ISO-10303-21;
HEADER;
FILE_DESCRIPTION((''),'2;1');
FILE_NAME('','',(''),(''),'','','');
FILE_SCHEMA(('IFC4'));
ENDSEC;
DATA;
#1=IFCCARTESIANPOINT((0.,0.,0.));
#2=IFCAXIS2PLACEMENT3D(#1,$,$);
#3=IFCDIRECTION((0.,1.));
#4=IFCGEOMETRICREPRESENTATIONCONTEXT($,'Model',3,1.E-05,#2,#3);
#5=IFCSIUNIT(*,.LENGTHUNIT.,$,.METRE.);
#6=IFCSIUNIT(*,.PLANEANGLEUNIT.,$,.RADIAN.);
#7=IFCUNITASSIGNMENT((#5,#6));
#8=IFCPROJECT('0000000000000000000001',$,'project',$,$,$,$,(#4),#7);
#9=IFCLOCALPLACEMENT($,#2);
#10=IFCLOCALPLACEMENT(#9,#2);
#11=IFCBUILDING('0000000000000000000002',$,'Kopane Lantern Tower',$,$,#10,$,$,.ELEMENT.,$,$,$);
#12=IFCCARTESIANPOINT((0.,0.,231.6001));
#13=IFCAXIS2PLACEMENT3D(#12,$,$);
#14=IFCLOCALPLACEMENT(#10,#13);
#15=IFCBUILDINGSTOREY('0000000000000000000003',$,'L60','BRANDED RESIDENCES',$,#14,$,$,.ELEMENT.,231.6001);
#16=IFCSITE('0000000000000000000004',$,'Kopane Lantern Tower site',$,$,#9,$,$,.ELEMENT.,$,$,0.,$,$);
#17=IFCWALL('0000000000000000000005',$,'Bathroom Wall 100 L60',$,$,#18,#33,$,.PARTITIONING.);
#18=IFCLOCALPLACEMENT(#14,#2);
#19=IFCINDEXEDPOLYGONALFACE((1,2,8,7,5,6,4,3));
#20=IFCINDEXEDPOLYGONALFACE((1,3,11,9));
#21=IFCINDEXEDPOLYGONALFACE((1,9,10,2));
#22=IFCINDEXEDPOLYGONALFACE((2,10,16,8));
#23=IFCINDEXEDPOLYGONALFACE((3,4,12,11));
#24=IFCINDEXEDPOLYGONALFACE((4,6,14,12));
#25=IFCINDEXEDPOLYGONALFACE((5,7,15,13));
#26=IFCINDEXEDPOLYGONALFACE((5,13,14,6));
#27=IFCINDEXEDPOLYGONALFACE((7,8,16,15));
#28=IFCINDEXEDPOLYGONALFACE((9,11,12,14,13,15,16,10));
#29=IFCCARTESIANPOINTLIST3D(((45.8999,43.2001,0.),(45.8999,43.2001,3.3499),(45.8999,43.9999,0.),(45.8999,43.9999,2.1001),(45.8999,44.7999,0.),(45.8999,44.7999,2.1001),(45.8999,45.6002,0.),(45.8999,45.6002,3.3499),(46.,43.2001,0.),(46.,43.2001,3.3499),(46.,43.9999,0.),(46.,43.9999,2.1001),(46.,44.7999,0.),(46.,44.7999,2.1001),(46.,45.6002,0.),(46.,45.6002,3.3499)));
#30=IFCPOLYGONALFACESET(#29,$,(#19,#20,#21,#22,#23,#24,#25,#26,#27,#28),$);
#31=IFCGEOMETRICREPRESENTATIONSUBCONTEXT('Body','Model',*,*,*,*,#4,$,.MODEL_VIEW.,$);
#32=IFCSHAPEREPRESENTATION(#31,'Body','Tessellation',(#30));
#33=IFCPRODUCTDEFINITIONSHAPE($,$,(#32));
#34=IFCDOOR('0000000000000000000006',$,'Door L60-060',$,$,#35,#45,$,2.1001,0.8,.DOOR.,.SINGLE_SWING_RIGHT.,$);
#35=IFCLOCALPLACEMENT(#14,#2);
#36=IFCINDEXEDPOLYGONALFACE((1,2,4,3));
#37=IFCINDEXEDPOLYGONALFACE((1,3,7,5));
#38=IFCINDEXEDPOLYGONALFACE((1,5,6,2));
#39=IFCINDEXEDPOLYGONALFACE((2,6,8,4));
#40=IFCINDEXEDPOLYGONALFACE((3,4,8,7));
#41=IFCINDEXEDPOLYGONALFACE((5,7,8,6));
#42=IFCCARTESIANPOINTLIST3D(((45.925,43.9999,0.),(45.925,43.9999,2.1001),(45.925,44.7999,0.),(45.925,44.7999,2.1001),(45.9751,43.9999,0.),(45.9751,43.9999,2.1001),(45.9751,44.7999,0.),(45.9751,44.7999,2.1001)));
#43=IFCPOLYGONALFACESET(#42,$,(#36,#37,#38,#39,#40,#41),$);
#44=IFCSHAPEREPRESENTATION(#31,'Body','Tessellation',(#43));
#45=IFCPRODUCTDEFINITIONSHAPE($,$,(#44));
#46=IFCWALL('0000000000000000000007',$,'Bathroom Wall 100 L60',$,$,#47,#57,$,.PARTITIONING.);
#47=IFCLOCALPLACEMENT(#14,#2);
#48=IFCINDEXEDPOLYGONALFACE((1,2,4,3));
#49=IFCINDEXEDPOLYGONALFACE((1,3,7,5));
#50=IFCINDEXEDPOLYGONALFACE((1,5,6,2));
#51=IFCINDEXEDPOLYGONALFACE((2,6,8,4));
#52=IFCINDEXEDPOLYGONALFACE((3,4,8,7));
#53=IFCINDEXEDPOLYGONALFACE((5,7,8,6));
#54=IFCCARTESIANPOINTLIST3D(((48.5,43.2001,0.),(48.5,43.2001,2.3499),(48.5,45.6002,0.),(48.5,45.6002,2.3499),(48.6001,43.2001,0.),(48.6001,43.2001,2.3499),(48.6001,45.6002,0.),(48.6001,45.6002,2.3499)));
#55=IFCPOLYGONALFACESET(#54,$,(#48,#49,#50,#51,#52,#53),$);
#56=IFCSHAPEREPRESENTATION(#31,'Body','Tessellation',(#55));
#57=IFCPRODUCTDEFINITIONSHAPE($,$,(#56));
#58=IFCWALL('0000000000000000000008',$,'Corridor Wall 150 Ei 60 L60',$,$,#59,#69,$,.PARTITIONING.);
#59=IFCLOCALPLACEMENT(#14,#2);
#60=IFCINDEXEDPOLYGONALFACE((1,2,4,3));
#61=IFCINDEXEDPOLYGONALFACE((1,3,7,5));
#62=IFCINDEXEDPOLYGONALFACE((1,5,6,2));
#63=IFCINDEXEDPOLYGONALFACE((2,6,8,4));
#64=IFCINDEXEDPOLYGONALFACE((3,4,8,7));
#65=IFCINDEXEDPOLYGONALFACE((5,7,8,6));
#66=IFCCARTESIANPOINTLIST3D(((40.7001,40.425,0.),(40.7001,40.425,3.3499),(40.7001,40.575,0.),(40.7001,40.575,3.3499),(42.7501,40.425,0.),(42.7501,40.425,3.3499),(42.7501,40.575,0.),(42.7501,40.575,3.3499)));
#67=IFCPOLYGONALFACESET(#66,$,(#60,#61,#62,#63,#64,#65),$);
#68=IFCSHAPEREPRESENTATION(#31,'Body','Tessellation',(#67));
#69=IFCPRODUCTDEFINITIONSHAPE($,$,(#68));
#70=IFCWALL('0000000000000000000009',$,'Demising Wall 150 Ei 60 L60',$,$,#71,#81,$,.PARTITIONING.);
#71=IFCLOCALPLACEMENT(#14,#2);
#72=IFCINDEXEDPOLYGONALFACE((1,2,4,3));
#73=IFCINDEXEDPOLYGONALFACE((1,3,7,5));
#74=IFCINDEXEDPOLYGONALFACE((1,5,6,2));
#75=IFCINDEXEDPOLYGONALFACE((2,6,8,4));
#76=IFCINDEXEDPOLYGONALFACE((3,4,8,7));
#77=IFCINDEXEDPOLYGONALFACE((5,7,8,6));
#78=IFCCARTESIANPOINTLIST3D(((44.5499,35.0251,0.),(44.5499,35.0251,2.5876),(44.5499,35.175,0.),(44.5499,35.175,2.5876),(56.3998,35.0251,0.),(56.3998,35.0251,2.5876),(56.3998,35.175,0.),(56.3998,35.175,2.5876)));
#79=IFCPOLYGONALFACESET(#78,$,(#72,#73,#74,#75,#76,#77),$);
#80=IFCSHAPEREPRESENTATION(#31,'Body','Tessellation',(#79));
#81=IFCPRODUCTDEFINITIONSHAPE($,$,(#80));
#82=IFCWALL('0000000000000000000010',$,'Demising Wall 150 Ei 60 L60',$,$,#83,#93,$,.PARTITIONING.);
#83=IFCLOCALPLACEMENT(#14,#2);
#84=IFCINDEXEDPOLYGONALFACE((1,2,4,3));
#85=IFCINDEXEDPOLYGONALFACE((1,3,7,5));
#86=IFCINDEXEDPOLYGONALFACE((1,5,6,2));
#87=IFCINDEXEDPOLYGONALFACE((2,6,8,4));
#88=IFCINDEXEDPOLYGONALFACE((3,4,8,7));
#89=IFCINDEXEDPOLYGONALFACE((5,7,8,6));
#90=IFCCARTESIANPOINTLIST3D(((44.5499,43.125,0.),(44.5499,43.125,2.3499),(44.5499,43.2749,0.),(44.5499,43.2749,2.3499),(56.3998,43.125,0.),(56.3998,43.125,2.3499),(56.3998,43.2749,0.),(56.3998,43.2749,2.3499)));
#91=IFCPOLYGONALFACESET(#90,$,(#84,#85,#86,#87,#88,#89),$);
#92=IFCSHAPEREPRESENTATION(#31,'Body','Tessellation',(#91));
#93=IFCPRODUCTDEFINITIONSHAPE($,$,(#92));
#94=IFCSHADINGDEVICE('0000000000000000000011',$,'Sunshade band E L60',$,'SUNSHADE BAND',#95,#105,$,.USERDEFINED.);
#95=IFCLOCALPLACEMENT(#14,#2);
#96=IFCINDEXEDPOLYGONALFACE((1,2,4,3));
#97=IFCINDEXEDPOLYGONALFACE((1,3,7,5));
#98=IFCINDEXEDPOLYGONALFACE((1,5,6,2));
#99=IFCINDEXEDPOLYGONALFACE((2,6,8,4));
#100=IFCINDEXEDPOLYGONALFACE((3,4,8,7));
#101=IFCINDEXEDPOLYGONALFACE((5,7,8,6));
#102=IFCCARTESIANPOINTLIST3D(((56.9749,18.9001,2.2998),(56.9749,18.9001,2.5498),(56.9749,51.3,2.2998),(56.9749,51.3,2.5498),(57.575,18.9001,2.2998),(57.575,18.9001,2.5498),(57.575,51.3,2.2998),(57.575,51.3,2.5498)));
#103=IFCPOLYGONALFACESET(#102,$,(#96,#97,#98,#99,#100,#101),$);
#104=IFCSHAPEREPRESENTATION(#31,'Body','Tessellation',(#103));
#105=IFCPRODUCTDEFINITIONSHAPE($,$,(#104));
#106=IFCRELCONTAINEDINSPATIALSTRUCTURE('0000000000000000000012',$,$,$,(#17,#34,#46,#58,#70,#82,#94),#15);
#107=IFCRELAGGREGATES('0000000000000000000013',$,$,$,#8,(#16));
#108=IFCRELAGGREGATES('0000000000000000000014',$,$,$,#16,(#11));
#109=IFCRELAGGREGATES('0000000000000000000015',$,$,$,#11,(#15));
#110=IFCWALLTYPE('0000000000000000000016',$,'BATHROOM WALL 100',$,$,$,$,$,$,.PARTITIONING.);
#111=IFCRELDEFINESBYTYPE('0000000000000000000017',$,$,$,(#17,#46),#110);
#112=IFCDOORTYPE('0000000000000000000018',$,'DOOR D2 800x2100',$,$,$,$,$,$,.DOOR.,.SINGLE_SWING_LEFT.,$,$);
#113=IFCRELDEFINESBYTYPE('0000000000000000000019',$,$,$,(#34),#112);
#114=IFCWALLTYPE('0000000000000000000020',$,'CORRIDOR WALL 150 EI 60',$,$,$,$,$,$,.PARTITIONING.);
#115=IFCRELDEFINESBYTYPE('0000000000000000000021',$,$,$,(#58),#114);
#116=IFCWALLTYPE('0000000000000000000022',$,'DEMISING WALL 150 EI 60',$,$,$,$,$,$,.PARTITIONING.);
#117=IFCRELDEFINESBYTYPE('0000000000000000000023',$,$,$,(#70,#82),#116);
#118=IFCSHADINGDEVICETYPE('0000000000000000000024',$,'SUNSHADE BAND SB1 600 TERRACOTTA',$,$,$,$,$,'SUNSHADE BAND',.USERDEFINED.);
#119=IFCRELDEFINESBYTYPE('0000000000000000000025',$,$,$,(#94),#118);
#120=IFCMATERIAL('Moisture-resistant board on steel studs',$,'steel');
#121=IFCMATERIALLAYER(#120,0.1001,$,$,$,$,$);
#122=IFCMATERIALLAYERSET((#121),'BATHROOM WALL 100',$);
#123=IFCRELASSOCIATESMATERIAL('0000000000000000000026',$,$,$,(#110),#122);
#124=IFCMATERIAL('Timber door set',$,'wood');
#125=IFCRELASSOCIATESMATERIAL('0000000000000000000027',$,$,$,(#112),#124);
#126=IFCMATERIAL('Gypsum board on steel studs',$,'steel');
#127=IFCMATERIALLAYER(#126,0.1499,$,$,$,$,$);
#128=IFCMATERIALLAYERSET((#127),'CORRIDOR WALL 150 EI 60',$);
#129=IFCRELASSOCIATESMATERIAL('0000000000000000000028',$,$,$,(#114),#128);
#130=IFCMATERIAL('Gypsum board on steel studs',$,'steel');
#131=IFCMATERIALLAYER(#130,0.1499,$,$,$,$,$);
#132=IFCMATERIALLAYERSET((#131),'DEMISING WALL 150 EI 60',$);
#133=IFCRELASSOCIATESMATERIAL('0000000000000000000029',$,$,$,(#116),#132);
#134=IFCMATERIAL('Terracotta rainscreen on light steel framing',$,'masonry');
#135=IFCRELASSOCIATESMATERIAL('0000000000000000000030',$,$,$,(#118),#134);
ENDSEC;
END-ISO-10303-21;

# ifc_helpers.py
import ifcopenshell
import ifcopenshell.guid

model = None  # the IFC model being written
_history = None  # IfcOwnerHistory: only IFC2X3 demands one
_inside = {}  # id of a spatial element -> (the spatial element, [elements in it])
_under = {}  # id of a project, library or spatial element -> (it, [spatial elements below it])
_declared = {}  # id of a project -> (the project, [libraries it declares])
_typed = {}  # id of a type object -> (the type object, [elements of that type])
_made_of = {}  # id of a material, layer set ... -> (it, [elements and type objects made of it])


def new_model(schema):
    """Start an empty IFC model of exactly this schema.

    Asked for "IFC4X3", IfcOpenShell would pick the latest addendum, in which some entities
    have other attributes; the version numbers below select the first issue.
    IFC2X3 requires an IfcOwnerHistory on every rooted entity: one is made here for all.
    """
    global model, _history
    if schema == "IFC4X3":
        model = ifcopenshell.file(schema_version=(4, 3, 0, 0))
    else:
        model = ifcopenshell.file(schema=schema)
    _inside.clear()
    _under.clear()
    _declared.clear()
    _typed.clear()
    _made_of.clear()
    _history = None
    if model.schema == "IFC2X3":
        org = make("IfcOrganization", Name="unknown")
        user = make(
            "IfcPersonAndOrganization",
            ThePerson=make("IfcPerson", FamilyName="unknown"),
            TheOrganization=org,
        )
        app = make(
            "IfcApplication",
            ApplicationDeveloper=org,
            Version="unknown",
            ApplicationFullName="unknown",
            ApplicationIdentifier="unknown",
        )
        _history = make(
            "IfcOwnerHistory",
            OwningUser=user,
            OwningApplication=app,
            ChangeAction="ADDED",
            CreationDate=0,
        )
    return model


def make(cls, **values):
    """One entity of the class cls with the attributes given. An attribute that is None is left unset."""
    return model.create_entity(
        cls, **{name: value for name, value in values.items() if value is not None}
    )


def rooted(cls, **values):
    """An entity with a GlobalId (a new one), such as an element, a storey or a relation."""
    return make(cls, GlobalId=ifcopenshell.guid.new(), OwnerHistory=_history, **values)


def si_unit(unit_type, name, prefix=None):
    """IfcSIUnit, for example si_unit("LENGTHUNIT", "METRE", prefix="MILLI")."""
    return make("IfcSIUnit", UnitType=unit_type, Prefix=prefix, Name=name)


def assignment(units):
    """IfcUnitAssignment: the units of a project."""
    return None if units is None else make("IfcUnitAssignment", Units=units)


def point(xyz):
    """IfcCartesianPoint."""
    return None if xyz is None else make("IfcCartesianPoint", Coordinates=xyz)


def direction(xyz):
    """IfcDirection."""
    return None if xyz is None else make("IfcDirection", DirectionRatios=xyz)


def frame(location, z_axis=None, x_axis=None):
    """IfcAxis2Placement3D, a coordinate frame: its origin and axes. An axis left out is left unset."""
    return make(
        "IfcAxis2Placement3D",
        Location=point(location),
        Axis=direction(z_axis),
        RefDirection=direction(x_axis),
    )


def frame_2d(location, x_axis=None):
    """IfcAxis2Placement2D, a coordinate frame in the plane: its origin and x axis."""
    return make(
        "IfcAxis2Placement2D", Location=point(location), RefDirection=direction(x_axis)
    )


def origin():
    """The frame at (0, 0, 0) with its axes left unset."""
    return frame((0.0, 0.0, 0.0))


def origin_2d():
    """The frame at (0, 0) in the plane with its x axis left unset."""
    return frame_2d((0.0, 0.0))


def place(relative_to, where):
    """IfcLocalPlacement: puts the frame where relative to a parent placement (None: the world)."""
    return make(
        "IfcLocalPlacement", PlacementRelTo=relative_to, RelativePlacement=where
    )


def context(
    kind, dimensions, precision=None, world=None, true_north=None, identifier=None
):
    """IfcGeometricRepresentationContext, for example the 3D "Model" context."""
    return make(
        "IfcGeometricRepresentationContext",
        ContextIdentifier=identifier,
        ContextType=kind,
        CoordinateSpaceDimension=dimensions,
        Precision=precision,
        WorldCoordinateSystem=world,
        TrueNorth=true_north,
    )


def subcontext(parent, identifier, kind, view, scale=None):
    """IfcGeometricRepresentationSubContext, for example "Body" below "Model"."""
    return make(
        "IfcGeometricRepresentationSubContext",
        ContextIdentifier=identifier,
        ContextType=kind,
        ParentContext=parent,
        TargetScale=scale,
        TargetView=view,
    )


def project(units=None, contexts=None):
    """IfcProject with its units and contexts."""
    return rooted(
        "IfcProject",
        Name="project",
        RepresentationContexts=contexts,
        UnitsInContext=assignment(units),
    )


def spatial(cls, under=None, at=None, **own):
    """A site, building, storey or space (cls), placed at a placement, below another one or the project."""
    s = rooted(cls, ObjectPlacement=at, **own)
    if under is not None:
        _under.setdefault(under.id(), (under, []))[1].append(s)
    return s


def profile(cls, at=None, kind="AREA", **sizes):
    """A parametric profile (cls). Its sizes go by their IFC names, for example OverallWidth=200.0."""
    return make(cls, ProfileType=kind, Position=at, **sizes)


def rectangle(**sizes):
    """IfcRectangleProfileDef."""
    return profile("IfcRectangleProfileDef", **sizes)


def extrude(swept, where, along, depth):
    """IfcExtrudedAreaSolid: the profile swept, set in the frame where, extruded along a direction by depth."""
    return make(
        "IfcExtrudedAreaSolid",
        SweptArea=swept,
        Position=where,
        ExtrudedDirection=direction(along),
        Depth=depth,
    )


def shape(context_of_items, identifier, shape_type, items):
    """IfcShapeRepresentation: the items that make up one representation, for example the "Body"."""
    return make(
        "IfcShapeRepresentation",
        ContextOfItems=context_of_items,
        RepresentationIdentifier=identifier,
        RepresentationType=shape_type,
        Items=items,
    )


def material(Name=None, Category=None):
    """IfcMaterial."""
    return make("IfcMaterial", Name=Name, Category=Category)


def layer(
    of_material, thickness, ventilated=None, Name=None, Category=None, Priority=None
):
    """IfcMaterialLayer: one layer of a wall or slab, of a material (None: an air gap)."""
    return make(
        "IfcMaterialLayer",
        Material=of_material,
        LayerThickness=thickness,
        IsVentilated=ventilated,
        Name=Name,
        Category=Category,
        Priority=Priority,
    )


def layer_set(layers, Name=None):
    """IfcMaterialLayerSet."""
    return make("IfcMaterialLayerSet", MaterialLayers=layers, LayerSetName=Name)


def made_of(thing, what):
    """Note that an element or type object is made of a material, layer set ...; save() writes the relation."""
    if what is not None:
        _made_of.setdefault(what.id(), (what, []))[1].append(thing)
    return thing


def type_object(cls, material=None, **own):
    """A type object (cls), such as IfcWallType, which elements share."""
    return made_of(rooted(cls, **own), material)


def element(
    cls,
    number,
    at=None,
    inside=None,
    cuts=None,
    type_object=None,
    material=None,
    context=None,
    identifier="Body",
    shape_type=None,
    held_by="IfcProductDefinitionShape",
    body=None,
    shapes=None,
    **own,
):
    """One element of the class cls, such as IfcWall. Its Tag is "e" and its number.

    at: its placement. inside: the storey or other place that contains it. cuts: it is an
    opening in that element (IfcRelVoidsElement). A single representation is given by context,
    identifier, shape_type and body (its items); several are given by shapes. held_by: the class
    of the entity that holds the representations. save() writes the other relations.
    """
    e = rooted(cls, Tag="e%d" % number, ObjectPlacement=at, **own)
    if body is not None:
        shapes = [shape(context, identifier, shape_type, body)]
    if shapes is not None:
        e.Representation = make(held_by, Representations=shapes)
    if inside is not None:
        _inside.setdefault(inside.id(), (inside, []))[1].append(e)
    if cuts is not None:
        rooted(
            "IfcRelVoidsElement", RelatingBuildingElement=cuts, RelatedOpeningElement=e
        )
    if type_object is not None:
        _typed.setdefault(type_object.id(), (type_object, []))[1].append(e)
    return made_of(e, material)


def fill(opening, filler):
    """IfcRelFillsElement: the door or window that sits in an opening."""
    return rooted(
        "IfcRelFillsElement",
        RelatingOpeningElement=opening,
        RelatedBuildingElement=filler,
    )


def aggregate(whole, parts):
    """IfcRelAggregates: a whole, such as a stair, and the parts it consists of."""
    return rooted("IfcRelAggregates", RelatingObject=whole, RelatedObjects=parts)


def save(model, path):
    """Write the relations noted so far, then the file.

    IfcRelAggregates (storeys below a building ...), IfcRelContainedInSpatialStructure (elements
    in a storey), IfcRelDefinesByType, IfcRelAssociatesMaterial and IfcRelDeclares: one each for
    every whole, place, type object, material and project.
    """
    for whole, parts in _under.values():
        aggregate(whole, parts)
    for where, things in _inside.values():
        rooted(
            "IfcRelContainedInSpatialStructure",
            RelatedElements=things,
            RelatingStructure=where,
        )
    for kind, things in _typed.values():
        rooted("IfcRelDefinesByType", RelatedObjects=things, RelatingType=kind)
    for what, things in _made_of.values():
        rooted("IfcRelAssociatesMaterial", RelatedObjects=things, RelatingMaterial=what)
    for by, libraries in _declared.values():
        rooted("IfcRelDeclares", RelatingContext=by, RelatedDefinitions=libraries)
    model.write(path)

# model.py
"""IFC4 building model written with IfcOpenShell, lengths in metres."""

from ifc_helpers import new_model, si_unit, direction, frame, frame_2d, origin, origin_2d, place, context, subcontext, project, spatial, rectangle, extrude, material, layer, layer_set, type_object, element, fill, save


model = new_model("IFC4")

# Units and contexts
model_context = context("Model", 3, precision=1e-05, world=origin(), true_north=direction((0.0, 1.0)))
body_context = subcontext(model_context, "Body", "Model", "MODEL_VIEW")
ifc_project = project(units=[si_unit("LENGTHUNIT", "METRE"), si_unit("PLANEANGLEUNIT", "RADIAN")], contexts=[model_context])

# Site, building, storey
site_placement = place(None, origin())
site = spatial("IfcSite", under=ifc_project, at=site_placement, Name="Kopane Lantern Tower site", CompositionType="ELEMENT", RefElevation=0.0)
building_placement = place(site_placement, origin())
building = spatial("IfcBuilding", under=site, at=building_placement, Name="Kopane Lantern Tower", CompositionType="ELEMENT")
storey_placement = place(building_placement, frame((0.0, 0.0, 231.6001)))
storey = spatial("IfcBuildingStorey", under=building, at=storey_placement, Name="L60", Description="BRANDED RESIDENCES", CompositionType="ELEMENT", Elevation=231.6001)

# Wall, opening, door
ifc_material_1 = material(Name="Moisture-resistant board on steel studs", Category="steel")
ifc_layer_1 = layer(ifc_material_1, 0.1001)
ifc_layer_set_1 = layer_set([ifc_layer_1], Name="BATHROOM WALL 100")
wall_type_1 = type_object("IfcWallType", Name="BATHROOM WALL 100", PredefinedType="PARTITIONING", material=ifc_layer_set_1)
ifc_material_2 = material(Name="Timber door set", Category="wood")
door_type = type_object("IfcDoorType", Name="DOOR D2 800x2100", OperationType="SINGLE_SWING_LEFT", PredefinedType="DOOR", material=ifc_material_2)
wall_1_placement = place(storey_placement, frame((45.95, 43.2, 0.0), z_axis=(0.0, 0.0, 1.0), x_axis=(0.0, 1.0, 0.0)))
wall_1 = element("IfcWall", 1, at=wall_1_placement, inside=storey, type_object=wall_type_1, Name="Bathroom Wall 100 L60", PredefinedType="PARTITIONING", context=body_context, shape_type="SweptSolid", body=[
    extrude(rectangle(XDim=2.4001, YDim=0.1001, at=frame_2d((1.2002, 0.0))), origin(), (0.0, 0.0, 1.0), 3.3499),
])
opening_1_placement = place(wall_1_placement, frame((0.8, 0.0, 0.0)))
opening_1 = element("IfcOpeningElement", 2, at=opening_1_placement, cuts=wall_1, PredefinedType="OPENING", context=body_context, shape_type="SweptSolid", body=[
    extrude(rectangle(XDim=0.8, YDim=2.1001, at=frame_2d((0.3999, 1.05))), frame((0.0, 0.0601, 0.0), z_axis=(0.0, -1.0, 0.0), x_axis=(1.0, 0.0, 0.0)), (0.0, 0.0, 1.0), 0.1201),
])
door_1_placement = place(opening_1_placement, origin())
door_1 = element("IfcDoor", 3, at=door_1_placement, inside=storey, type_object=door_type, Name="Door L60-060", OperationType="SINGLE_SWING_RIGHT", OverallHeight=2.1001, OverallWidth=0.8, PredefinedType="DOOR", context=body_context, shape_type="SweptSolid", body=[
    extrude(rectangle(XDim=0.8, YDim=2.1001, at=frame_2d((0.3999, 1.05))), frame((0.0, 0.0249, 0.0), z_axis=(0.0, -1.0, 0.0), x_axis=(1.0, 0.0, 0.0)), (0.0, 0.0, 1.0), 0.05),
])
fill(opening_1, door_1)

# Walls
wall_2_placement = place(storey_placement, frame((48.55, 43.2, 0.0), z_axis=(0.0, 0.0, 1.0), x_axis=(0.0, 1.0, 0.0)))
element("IfcWall", 4, at=wall_2_placement, inside=storey, type_object=wall_type_1, Name="Bathroom Wall 100 L60", PredefinedType="PARTITIONING", context=body_context, shape_type="SweptSolid", body=[
    extrude(rectangle(XDim=2.4001, YDim=0.1001, at=frame_2d((1.2002, 0.0))), origin(), (0.0, 0.0, 1.0), 2.3499),
])
ifc_material_3 = material(Name="Gypsum board on steel studs", Category="steel")
ifc_layer_2 = layer(ifc_material_3, 0.1499)
ifc_layer_set_2 = layer_set([ifc_layer_2], Name="CORRIDOR WALL 150 EI 60")
wall_type_2 = type_object("IfcWallType", Name="CORRIDOR WALL 150 EI 60", PredefinedType="PARTITIONING", material=ifc_layer_set_2)
wall_3_placement = place(storey_placement, frame((42.75, 40.5, 0.0), z_axis=(0.0, 0.0, 1.0), x_axis=(-1.0, 0.0, 0.0)))
element("IfcWall", 5, at=wall_3_placement, inside=storey, type_object=wall_type_2, Name="Corridor Wall 150 Ei 60 L60", PredefinedType="PARTITIONING", context=body_context, shape_type="SweptSolid", body=[
    extrude(rectangle(XDim=2.05, YDim=0.1499, at=frame_2d((1.0249, 0.0))), origin(), (0.0, 0.0, 1.0), 3.3499),
])
ifc_material_4 = material(Name="Gypsum board on steel studs", Category="steel")
ifc_layer_3 = layer(ifc_material_4, 0.1499)
ifc_layer_set_3 = layer_set([ifc_layer_3], Name="DEMISING WALL 150 EI 60")
wall_type_3 = type_object("IfcWallType", Name="DEMISING WALL 150 EI 60", PredefinedType="PARTITIONING", material=ifc_layer_set_3)
wall_4_placement = place(storey_placement, frame((44.55, 35.1001, 0.0), z_axis=(0.0, 0.0, 1.0), x_axis=(1.0, 0.0, 0.0)))
element("IfcWall", 6, at=wall_4_placement, inside=storey, type_object=wall_type_3, Name="Demising Wall 150 Ei 60 L60", PredefinedType="PARTITIONING", context=body_context, shape_type="SweptSolid", body=[
    extrude(rectangle(XDim=11.8499, YDim=0.1499, at=frame_2d((5.9248, 0.0))), origin(), (0.0, 0.0, 1.0), 2.5876),
])
wall_5_placement = place(storey_placement, frame((44.55, 43.2, 0.0), z_axis=(0.0, 0.0, 1.0), x_axis=(1.0, 0.0, 0.0)))
element("IfcWall", 7, at=wall_5_placement, inside=storey, type_object=wall_type_3, Name="Demising Wall 150 Ei 60 L60", PredefinedType="PARTITIONING", context=body_context, shape_type="SweptSolid", body=[
    extrude(rectangle(XDim=11.8499, YDim=0.1499, at=frame_2d((5.9248, 0.0))), origin(), (0.0, 0.0, 1.0), 2.3499),
])

# Shading device
ifc_material_5 = material(Name="Terracotta rainscreen on light steel framing", Category="masonry")
shading_device_type = type_object("IfcShadingDeviceType", Name="SUNSHADE BAND SB1 600 TERRACOTTA", ElementType="SUNSHADE BAND", PredefinedType="USERDEFINED", material=ifc_material_5)
shading_device_placement = place(storey_placement, frame((57.2749, 35.1001, 2.2998), z_axis=(0.0, 0.0, 1.0), x_axis=(0.0, 1.0, 0.0)))
element("IfcShadingDevice", 8, at=shading_device_placement, inside=storey, type_object=shading_device_type, Name="Sunshade band E L60", ObjectType="SUNSHADE BAND", PredefinedType="USERDEFINED", context=body_context, shape_type="SweptSolid", body=[
    extrude(rectangle(XDim=32.3999, YDim=0.6001, at=origin_2d()), origin(), (0.0, 0.0, 1.0), 0.25),
])

save(model, "model.ifc")
